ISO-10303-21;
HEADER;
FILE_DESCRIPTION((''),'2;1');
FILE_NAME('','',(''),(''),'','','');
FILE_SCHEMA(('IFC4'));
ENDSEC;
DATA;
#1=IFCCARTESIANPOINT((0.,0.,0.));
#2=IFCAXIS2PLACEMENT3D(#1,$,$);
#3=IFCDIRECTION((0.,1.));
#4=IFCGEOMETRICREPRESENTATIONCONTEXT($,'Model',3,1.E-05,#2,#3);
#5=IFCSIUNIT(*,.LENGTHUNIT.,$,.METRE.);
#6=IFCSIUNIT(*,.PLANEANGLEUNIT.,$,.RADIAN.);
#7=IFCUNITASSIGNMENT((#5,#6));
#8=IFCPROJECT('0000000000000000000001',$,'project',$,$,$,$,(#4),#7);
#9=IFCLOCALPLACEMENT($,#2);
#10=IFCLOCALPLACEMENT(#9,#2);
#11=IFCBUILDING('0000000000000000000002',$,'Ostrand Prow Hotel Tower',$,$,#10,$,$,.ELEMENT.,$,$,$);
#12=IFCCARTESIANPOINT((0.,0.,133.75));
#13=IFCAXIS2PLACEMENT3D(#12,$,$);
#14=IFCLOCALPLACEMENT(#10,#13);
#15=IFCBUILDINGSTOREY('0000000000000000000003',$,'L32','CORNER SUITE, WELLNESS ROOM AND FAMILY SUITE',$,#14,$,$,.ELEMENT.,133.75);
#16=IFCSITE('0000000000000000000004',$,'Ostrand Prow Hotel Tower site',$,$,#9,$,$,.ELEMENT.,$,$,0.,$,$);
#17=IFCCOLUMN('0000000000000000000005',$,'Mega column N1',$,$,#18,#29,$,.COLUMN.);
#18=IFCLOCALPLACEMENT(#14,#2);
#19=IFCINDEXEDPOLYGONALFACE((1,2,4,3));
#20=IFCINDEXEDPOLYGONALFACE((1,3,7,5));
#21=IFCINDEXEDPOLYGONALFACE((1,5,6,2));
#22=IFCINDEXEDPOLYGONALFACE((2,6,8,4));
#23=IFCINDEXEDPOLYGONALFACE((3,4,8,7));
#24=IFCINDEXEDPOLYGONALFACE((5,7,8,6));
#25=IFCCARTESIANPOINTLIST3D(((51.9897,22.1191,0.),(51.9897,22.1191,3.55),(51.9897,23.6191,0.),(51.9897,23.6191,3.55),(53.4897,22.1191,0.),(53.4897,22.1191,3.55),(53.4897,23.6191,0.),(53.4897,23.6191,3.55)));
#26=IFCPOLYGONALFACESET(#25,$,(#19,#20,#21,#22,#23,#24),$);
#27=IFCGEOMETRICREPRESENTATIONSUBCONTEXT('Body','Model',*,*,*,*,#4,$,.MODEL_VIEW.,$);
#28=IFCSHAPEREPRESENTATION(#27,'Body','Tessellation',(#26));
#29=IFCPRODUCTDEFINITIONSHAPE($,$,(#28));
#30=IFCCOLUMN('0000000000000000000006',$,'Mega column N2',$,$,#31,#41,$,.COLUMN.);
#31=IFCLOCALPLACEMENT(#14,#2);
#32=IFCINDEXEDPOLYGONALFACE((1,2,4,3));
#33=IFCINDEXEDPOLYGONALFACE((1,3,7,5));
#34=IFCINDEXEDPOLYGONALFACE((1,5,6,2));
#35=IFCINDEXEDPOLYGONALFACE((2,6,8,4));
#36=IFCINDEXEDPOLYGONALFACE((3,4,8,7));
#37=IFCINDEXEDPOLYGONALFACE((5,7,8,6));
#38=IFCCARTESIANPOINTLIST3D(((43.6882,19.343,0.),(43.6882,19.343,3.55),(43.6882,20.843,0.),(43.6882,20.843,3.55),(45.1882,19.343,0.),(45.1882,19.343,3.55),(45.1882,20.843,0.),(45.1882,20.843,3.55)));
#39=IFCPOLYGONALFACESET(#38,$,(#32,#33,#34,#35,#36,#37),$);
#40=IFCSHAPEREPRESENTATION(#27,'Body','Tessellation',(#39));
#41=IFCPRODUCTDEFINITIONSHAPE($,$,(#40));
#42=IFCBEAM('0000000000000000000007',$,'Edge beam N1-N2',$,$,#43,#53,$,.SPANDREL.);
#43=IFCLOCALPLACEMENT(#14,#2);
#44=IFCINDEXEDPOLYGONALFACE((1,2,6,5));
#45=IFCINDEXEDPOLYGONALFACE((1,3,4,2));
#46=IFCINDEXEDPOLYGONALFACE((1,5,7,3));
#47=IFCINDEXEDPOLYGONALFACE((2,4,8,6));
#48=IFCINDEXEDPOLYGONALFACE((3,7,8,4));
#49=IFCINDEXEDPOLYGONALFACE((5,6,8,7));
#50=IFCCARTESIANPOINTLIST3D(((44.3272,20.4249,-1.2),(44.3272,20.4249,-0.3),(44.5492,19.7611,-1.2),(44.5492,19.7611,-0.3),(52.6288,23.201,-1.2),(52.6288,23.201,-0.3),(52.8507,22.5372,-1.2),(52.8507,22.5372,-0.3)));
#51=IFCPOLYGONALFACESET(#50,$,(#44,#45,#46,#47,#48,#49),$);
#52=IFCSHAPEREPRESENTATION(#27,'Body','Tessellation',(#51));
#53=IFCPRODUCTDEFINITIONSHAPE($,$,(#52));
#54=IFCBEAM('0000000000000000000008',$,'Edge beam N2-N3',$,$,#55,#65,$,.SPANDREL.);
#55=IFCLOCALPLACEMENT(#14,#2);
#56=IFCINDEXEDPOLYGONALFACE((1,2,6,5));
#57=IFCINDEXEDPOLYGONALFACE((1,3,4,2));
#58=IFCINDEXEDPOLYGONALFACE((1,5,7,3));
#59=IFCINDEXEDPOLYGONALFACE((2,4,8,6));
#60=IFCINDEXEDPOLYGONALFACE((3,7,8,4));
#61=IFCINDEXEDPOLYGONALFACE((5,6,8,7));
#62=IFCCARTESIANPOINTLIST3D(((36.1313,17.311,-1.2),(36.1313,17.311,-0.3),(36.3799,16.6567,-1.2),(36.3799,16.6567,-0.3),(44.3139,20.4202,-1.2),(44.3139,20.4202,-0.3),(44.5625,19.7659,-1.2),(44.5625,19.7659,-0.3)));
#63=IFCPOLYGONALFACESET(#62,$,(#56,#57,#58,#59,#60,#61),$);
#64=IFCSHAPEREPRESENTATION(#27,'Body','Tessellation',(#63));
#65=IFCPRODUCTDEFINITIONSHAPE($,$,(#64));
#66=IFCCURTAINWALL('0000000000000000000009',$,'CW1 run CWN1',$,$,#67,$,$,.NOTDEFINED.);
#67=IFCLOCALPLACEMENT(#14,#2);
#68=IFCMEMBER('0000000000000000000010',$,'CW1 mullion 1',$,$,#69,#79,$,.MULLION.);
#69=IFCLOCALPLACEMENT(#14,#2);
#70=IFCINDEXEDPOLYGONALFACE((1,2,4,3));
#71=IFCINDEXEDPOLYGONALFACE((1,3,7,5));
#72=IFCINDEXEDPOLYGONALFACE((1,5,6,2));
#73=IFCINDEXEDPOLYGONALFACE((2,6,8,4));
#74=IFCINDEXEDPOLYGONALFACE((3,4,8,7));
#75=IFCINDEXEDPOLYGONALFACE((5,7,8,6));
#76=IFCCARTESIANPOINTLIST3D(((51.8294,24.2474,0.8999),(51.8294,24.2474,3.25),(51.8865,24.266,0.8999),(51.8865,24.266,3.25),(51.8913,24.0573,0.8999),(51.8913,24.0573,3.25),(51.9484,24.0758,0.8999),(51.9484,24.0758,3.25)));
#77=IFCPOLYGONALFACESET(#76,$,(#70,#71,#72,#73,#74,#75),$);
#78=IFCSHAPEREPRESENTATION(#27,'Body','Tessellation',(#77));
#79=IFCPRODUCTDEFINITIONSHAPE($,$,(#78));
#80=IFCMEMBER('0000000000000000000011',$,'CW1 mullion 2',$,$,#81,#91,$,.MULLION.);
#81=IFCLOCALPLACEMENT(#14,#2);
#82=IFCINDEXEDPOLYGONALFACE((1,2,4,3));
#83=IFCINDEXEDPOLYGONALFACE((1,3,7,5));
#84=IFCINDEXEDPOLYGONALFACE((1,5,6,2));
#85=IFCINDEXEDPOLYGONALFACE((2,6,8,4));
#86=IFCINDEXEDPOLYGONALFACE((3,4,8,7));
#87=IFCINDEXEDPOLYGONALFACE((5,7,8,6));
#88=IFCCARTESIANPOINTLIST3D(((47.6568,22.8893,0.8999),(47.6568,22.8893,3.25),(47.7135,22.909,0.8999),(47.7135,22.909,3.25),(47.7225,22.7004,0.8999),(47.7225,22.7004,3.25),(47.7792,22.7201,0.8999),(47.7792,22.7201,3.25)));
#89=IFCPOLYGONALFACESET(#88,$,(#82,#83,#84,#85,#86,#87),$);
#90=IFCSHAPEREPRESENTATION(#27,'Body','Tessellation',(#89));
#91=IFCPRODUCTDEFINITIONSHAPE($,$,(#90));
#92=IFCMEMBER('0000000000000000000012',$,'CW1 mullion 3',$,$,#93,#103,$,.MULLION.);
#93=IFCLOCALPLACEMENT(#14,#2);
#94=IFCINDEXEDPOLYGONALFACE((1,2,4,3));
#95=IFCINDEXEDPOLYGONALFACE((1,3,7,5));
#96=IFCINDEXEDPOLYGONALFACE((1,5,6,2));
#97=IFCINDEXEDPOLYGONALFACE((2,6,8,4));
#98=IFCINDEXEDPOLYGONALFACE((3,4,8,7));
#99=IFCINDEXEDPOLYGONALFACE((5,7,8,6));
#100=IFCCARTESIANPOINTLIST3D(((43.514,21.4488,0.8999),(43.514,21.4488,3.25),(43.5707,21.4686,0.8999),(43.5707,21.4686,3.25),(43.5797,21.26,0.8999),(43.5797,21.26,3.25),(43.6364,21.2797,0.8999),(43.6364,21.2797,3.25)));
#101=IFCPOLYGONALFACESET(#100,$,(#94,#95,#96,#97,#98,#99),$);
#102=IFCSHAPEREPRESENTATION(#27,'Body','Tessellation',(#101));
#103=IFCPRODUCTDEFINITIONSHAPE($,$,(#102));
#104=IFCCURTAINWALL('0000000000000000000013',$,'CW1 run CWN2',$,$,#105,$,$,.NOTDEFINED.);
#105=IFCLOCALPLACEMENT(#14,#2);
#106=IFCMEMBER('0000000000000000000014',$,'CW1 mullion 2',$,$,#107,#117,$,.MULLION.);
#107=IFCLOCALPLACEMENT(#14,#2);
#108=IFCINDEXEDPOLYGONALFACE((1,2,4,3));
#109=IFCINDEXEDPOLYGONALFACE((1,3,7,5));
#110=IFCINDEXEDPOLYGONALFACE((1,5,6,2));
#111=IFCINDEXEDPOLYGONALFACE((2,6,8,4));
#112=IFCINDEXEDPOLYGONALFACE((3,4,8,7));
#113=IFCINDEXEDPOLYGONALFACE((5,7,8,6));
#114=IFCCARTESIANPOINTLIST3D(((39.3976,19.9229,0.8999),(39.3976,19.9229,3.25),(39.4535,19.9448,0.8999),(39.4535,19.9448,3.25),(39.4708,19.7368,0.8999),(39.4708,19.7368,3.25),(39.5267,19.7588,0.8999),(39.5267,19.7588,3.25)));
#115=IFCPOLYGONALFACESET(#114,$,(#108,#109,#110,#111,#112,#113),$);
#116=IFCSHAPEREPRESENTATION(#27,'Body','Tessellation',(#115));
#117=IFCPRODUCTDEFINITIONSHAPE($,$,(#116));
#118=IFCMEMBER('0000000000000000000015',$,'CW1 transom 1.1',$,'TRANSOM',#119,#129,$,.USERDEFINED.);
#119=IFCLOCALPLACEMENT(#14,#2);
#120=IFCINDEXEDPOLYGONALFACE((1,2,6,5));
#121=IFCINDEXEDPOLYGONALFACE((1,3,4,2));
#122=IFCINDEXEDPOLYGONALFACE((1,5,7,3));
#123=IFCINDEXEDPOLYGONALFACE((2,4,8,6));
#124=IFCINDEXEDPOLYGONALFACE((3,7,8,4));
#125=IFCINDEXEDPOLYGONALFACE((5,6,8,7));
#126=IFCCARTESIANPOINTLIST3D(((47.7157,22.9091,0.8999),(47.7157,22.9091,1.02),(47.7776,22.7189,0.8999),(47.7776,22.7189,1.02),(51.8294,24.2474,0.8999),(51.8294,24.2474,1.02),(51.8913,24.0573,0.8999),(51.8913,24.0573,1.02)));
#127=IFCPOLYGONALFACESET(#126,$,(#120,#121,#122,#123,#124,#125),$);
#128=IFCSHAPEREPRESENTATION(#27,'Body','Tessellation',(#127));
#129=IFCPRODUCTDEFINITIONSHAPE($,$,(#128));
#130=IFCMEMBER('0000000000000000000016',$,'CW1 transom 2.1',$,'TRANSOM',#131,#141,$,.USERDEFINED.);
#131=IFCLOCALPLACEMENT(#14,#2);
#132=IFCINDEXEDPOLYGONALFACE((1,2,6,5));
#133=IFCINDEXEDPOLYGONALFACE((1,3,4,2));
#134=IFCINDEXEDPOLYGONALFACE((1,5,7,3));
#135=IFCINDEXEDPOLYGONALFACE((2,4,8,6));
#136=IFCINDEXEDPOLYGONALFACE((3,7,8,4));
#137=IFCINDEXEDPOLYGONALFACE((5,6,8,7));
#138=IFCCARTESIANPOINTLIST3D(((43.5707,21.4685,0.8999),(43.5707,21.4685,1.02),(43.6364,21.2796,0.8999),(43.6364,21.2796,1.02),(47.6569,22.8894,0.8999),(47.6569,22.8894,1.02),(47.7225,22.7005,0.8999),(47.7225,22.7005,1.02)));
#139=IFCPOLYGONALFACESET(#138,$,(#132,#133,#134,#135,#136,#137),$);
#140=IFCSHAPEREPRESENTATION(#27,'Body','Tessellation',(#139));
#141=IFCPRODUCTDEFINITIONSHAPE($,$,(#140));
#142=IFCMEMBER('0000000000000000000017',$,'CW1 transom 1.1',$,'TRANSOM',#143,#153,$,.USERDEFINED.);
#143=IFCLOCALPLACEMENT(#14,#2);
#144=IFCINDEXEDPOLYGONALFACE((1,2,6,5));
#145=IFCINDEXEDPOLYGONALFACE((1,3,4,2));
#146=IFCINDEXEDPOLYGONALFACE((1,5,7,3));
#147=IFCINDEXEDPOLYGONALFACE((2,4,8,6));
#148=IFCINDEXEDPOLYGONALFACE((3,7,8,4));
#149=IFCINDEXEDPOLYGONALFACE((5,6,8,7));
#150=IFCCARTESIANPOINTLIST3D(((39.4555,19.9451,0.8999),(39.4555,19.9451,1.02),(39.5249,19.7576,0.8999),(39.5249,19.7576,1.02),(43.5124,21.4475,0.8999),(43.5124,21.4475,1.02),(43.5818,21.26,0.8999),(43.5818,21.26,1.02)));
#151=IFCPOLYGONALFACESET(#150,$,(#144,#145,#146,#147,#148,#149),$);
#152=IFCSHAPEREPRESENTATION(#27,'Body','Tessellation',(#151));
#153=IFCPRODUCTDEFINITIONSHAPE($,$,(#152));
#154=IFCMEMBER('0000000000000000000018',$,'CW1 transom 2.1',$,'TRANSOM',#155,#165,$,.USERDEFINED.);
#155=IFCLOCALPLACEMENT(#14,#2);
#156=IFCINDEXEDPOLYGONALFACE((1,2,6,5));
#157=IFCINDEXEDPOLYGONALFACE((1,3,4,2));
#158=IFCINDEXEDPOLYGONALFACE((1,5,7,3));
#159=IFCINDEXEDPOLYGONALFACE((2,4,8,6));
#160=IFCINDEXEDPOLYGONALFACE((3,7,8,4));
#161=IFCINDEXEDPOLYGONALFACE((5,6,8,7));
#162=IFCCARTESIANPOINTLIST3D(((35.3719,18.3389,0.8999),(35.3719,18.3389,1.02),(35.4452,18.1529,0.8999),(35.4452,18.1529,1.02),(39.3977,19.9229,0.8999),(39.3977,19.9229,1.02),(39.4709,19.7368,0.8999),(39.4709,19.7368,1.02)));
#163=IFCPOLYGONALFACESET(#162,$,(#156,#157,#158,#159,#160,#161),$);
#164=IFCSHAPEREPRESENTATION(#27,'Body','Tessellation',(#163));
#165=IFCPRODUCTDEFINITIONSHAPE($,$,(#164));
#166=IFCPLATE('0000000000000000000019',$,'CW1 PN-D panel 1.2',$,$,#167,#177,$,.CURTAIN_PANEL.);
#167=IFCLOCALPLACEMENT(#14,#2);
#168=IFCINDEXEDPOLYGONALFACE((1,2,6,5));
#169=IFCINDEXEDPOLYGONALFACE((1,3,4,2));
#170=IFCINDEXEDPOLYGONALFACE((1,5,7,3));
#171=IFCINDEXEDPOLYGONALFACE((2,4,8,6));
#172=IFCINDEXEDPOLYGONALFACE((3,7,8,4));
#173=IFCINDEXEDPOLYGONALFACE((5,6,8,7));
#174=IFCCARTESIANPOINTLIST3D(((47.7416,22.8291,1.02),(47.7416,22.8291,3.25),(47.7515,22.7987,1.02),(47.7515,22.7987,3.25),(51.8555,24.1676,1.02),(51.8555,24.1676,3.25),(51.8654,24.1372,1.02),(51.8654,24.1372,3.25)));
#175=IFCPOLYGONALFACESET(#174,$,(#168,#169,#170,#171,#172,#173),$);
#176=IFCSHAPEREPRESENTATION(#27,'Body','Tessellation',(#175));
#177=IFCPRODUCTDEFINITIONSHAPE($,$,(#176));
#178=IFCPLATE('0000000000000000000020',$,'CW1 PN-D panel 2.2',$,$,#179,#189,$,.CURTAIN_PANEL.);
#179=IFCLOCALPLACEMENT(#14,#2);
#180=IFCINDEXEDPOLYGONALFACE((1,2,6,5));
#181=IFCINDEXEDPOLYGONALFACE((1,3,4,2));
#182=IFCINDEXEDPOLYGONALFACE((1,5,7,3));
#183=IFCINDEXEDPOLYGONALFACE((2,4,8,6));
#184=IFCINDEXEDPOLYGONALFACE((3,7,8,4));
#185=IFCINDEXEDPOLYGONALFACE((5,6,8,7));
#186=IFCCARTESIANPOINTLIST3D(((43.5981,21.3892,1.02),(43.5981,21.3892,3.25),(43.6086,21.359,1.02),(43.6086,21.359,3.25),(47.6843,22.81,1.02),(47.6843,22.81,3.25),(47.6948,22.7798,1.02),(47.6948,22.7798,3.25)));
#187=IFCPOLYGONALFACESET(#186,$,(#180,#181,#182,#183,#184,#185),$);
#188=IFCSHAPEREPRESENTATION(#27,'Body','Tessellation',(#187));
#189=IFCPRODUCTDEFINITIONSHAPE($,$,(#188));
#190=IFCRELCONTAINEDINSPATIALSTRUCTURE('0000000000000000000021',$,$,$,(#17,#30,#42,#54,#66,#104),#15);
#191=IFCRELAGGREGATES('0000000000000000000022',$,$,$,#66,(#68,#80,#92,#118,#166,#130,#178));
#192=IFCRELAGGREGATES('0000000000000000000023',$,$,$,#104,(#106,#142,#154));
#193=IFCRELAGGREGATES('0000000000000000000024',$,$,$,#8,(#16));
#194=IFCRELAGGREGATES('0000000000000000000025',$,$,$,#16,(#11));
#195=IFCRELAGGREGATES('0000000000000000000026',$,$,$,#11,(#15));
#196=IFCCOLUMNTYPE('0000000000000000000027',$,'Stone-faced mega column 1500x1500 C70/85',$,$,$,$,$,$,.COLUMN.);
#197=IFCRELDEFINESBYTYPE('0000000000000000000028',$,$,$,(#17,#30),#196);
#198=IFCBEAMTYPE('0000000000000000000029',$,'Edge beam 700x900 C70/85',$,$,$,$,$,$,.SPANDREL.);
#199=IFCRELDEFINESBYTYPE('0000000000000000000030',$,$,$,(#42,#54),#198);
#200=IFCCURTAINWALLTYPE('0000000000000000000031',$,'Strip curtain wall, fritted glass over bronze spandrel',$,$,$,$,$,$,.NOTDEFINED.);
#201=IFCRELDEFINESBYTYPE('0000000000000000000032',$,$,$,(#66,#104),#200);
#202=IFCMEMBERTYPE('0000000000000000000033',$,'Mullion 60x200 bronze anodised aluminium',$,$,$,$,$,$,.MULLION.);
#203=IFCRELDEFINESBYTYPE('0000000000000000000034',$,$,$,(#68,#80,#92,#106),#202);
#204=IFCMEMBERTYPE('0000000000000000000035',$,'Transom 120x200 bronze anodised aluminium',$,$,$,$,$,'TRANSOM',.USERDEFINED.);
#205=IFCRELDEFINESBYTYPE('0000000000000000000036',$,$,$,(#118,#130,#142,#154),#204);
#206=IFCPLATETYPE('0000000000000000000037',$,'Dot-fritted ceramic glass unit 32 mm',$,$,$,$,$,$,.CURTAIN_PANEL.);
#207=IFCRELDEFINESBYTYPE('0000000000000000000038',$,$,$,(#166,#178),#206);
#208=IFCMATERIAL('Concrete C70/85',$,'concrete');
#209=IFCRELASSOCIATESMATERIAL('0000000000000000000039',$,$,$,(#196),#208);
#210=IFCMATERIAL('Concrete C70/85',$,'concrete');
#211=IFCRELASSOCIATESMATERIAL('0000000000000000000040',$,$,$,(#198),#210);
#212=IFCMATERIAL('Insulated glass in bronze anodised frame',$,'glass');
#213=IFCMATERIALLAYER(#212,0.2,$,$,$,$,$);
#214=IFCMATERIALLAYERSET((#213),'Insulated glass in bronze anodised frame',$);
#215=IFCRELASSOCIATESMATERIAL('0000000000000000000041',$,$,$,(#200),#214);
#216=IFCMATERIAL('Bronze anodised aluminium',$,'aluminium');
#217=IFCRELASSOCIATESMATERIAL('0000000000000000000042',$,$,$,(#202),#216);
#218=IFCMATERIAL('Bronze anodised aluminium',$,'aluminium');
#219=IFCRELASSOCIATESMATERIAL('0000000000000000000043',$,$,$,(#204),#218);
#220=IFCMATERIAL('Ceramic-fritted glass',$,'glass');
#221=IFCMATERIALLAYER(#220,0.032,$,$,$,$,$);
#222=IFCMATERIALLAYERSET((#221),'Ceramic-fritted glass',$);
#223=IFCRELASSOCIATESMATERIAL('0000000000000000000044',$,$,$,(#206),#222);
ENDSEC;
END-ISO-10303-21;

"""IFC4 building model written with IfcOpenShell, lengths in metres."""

from ifc_helpers import new_model, si_unit, direction, frame, origin, origin_2d, place, context, subcontext, project, spatial, rectangle, extrude, material, layer, layer_set, material_profile, profile_set, type_object, element, aggregate, save


model = new_model("IFC4")

# Units and contexts
model_context = context("Model", 3, precision=1e-05, world=origin(), true_north=direction((0.0, 1.0)))
body_context = subcontext(model_context, "Body", "Model", "MODEL_VIEW")
ifc_project = project(units=[si_unit("LENGTHUNIT", "METRE"), si_unit("PLANEANGLEUNIT", "RADIAN")], contexts=[model_context])

# Site, building, storey
site_placement = place(None, origin())
site = spatial("IfcSite", under=ifc_project, at=site_placement, Name="Ostrand Prow Hotel Tower site", CompositionType="ELEMENT", RefElevation=0.0)
building_placement = place(site_placement, origin())
building = spatial("IfcBuilding", under=site, at=building_placement, Name="Ostrand Prow Hotel Tower", CompositionType="ELEMENT")
storey_placement = place(building_placement, frame((0.0, 0.0, 133.75)))
storey = spatial("IfcBuildingStorey", under=building, at=storey_placement, Name="L32", Description="CORNER SUITE, WELLNESS ROOM AND FAMILY SUITE", CompositionType="ELEMENT", Elevation=133.75)

# Columns
ifc_material_1 = material(Name="Concrete C70/85", Category="concrete")
ifc_material_profile_1 = material_profile(ifc_material_1, rectangle(XDim=1.5, YDim=1.5, at=origin_2d()), Name="RC 1500x1500")
ifc_profile_set_1 = profile_set([ifc_material_profile_1], Name="Concrete C70/85")
column_type = type_object("IfcColumnType", Name="Stone-faced mega column 1500x1500 C70/85", PredefinedType="COLUMN", material=ifc_profile_set_1)
for number, where, z_axis, x_axis, name in (
    (1, (52.7397, 22.8691, 0.0), (0.0, 0.0, 1.0), (1.0, 0.0, 0.0), "Mega column N1"),
    (2, (44.4382, 20.093, 0.0), (0.0, 0.0, 1.0), (1.0, 0.0, 0.0), "Mega column N2"),
):
    element("IfcColumn", number, at=place(storey_placement, frame(where, z_axis=z_axis, x_axis=x_axis)), inside=storey, type_object=column_type, Name=name, PredefinedType="COLUMN", context=body_context, shape_type="SweptSolid", body=[
        extrude(rectangle(XDim=1.5, YDim=1.5, at=origin_2d()), origin(), (0.0, 0.0, 1.0), 3.55),
    ])

# Beams
ifc_material_2 = material(Name="Concrete C70/85", Category="concrete")
ifc_material_profile_2 = material_profile(ifc_material_2, rectangle(XDim=0.7, YDim=0.8999, at=origin_2d()), Name="RC 700x900")
ifc_profile_set_2 = profile_set([ifc_material_profile_2], Name="Concrete C70/85")
beam_type = type_object("IfcBeamType", Name="Edge beam 700x900 C70/85", PredefinedType="SPANDREL", material=ifc_profile_set_2)
for number, where, z_axis, x_axis, name in (
    (3, (52.7397, 22.8691, -0.75), (-0.948376, -0.317148, 0.0), (0.317148, -0.948376, 0.0), "Edge beam N1-N2"),
    (4, (44.4382, 20.093, -0.75), (-0.934794, -0.355191, 0.0), (0.355191, -0.934794, 0.0), "Edge beam N2-N3"),
):
    element("IfcBeam", number, at=place(storey_placement, frame(where, z_axis=z_axis, x_axis=x_axis)), inside=storey, type_object=beam_type, Name=name, PredefinedType="SPANDREL", context=body_context, shape_type="SweptSolid", body=[
        extrude(rectangle(XDim=0.7, YDim=0.8999, at=origin_2d()), origin(), (0.0, 0.0, 1.0), 8.7534),
    ])

# Curtain wall, members
ifc_material_3 = material(Name="Insulated glass in bronze anodised frame", Category="glass")
ifc_layer_1 = layer(ifc_material_3, 0.2)
ifc_layer_set_1 = layer_set([ifc_layer_1], Name="Insulated glass in bronze anodised frame")
curtain_wall_type = type_object("IfcCurtainWallType", Name="Strip curtain wall, fritted glass over bronze spandrel", PredefinedType="NOTDEFINED", material=ifc_layer_set_1)
curtain_wall_1_placement = place(storey_placement, origin())
curtain_wall_1 = element("IfcCurtainWall", 5, at=curtain_wall_1_placement, inside=storey, type_object=curtain_wall_type, Name="CW1 run CWN1", PredefinedType="NOTDEFINED")
ifc_material_4 = material(Name="Bronze anodised aluminium", Category="aluminium")
ifc_material_profile_3 = material_profile(ifc_material_4, rectangle(XDim=0.2, YDim=0.0601, at=origin_2d()), Name="Mullion 60x200 bronze anodised aluminium")
ifc_profile_set_3 = profile_set([ifc_material_profile_3], Name="Bronze anodised aluminium")
member_type_1 = type_object("IfcMemberType", Name="Mullion 60x200 bronze anodised aluminium", PredefinedType="MULLION", material=ifc_profile_set_3)
member_1_placement = place(storey_placement, frame((51.8889, 24.1616, 0.8999), z_axis=(0.0, 0.0, 1.0), x_axis=(0.30938, -0.950938, 0.0)))
member_1 = element("IfcMember", 6, at=member_1_placement, type_object=member_type_1, Name="CW1 mullion 1", PredefinedType="MULLION", context=body_context, shape_type="SweptSolid", body=[
    extrude(rectangle(XDim=0.2, YDim=0.0601, at=origin_2d()), origin(), (0.0, 0.0, 1.0), 2.3501),
])
member_2_placement = place(storey_placement, frame((47.718, 22.8047, 0.8999), z_axis=(0.0, 0.0, 1.0), x_axis=(0.328428, -0.944529, 0.0)))
member_2 = element("IfcMember", 7, at=member_2_placement, type_object=member_type_1, Name="CW1 mullion 2", PredefinedType="MULLION", context=body_context, shape_type="SweptSolid", body=[
    extrude(rectangle(XDim=0.2, YDim=0.0601, at=origin_2d()), origin(), (0.0, 0.0, 1.0), 2.3501),
])
member_3_placement = place(storey_placement, frame((43.5752, 21.3643, 0.8999), z_axis=(0.0, 0.0, 1.0), x_axis=(0.328428, -0.944529, 0.0)))
member_3 = element("IfcMember", 8, at=member_3_placement, type_object=member_type_1, Name="CW1 mullion 3", PredefinedType="MULLION", context=body_context, shape_type="SweptSolid", body=[
    extrude(rectangle(XDim=0.2, YDim=0.0601, at=origin_2d()), origin(), (0.0, 0.0, 1.0), 2.3501),
])

# Curtain wall, member
curtain_wall_2_placement = place(storey_placement, origin())
curtain_wall_2 = element("IfcCurtainWall", 9, at=curtain_wall_2_placement, inside=storey, type_object=curtain_wall_type, Name="CW1 run CWN2", PredefinedType="NOTDEFINED")
member_4_placement = place(storey_placement, frame((39.4622, 19.8408, 0.8999), z_axis=(0.0, 0.0, 1.0), x_axis=(0.366116, -0.930569, 0.0)))
member_4 = element("IfcMember", 10, at=member_4_placement, type_object=member_type_1, Name="CW1 mullion 2", PredefinedType="MULLION", context=body_context, shape_type="SweptSolid", body=[
    extrude(rectangle(XDim=0.2, YDim=0.0601, at=origin_2d()), origin(), (0.0, 0.0, 1.0), 2.3501),
])

# Members
ifc_material_5 = material(Name="Bronze anodised aluminium", Category="aluminium")
ifc_material_profile_4 = material_profile(ifc_material_5, rectangle(XDim=0.2, YDim=0.1201, at=origin_2d()), Name="Transom 120x200 bronze anodised aluminium")
ifc_profile_set_4 = profile_set([ifc_material_profile_4], Name="Bronze anodised aluminium")
member_type_2 = type_object("IfcMemberType", Name="Transom 120x200 bronze anodised aluminium", ElementType="TRANSOM", PredefinedType="USERDEFINED", material=ifc_profile_set_4)
member_5_placement = place(storey_placement, frame((51.8604, 24.1523, 0.96), z_axis=(-0.950939, -0.30938, 0.0), x_axis=(0.30938, -0.950939, 0.0)))
member_5 = element("IfcMember", 11, at=member_5_placement, type_object=member_type_2, Name="CW1 transom 1.1", ObjectType="TRANSOM", PredefinedType="USERDEFINED", context=body_context, shape_type="SweptSolid", body=[
    extrude(rectangle(XDim=0.2, YDim=0.1201, at=origin_2d()), origin(), (0.0, 0.0, 1.0), 4.3259),
])
member_6_placement = place(storey_placement, frame((47.6897, 22.7949, 0.96), z_axis=(-0.944524, -0.328442, 0.0), x_axis=(0.328442, -0.944524, 0.0)))
member_6 = element("IfcMember", 12, at=member_6_placement, type_object=member_type_2, Name="CW1 transom 2.1", ObjectType="TRANSOM", PredefinedType="USERDEFINED", context=body_context, shape_type="SweptSolid", body=[
    extrude(rectangle(XDim=0.2, YDim=0.1201, at=origin_2d()), origin(), (0.0, 0.0, 1.0), 4.3262),
])
member_7_placement = place(storey_placement, frame((43.5471, 21.3538, 0.96), z_axis=(-0.937757, -0.347292, 0.0), x_axis=(0.347292, -0.937757, 0.0)))
member_7 = element("IfcMember", 13, at=member_7_placement, type_object=member_type_2, Name="CW1 transom 1.1", ObjectType="TRANSOM", PredefinedType="USERDEFINED", context=body_context, shape_type="SweptSolid", body=[
    extrude(rectangle(XDim=0.2, YDim=0.1201, at=origin_2d()), origin(), (0.0, 0.0, 1.0), 4.3262),
])
member_8_placement = place(storey_placement, frame((39.4343, 19.8298, 0.96), z_axis=(-0.930563, -0.366131, 0.0), x_axis=(0.366131, -0.930563, 0.0)))
member_8 = element("IfcMember", 14, at=member_8_placement, type_object=member_type_2, Name="CW1 transom 2.1", ObjectType="TRANSOM", PredefinedType="USERDEFINED", context=body_context, shape_type="SweptSolid", body=[
    extrude(rectangle(XDim=0.2, YDim=0.1201, at=origin_2d()), origin(), (0.0, 0.0, 1.0), 4.3262),
])

# Plates
ifc_material_6 = material(Name="Ceramic-fritted glass", Category="glass")
ifc_layer_2 = layer(ifc_material_6, 0.032)
ifc_layer_set_2 = layer_set([ifc_layer_2], Name="Ceramic-fritted glass")
plate_type_1 = type_object("IfcPlateType", Name="Dot-fritted ceramic glass unit 32 mm", PredefinedType="CURTAIN_PANEL", material=ifc_layer_set_2)
plate_1_placement = place(storey_placement, frame((49.8035, 23.4832, 1.02), z_axis=(0.0, 0.0, 1.0), x_axis=(-0.950938, -0.30938, 0.0)))
plate_1 = element("IfcPlate", 15, at=plate_1_placement, type_object=plate_type_1, Name="CW1 PN-D panel 1.2", PredefinedType="CURTAIN_PANEL", context=body_context, shape_type="SweptSolid", body=[
    extrude(rectangle(XDim=4.3262, YDim=0.032, at=origin_2d()), origin(), (0.0, 0.0, 1.0), 2.23),
])
plate_2_placement = place(storey_placement, frame((45.6465, 22.0845, 1.02), z_axis=(0.0, 0.0, 1.0), x_axis=(-0.944529, -0.328428, 0.0)))
plate_2 = element("IfcPlate", 16, at=plate_2_placement, type_object=plate_type_1, Name="CW1 PN-D panel 2.2", PredefinedType="CURTAIN_PANEL", context=body_context, shape_type="SweptSolid", body=[
    extrude(rectangle(XDim=4.3262, YDim=0.032, at=origin_2d()), origin(), (0.0, 0.0, 1.0), 2.23),
])
aggregate(curtain_wall_1, [member_1, member_2, member_3, member_5, plate_1, member_6, plate_2])
aggregate(curtain_wall_2, [member_4, member_7, member_8])

save(model, "model.ifc")
